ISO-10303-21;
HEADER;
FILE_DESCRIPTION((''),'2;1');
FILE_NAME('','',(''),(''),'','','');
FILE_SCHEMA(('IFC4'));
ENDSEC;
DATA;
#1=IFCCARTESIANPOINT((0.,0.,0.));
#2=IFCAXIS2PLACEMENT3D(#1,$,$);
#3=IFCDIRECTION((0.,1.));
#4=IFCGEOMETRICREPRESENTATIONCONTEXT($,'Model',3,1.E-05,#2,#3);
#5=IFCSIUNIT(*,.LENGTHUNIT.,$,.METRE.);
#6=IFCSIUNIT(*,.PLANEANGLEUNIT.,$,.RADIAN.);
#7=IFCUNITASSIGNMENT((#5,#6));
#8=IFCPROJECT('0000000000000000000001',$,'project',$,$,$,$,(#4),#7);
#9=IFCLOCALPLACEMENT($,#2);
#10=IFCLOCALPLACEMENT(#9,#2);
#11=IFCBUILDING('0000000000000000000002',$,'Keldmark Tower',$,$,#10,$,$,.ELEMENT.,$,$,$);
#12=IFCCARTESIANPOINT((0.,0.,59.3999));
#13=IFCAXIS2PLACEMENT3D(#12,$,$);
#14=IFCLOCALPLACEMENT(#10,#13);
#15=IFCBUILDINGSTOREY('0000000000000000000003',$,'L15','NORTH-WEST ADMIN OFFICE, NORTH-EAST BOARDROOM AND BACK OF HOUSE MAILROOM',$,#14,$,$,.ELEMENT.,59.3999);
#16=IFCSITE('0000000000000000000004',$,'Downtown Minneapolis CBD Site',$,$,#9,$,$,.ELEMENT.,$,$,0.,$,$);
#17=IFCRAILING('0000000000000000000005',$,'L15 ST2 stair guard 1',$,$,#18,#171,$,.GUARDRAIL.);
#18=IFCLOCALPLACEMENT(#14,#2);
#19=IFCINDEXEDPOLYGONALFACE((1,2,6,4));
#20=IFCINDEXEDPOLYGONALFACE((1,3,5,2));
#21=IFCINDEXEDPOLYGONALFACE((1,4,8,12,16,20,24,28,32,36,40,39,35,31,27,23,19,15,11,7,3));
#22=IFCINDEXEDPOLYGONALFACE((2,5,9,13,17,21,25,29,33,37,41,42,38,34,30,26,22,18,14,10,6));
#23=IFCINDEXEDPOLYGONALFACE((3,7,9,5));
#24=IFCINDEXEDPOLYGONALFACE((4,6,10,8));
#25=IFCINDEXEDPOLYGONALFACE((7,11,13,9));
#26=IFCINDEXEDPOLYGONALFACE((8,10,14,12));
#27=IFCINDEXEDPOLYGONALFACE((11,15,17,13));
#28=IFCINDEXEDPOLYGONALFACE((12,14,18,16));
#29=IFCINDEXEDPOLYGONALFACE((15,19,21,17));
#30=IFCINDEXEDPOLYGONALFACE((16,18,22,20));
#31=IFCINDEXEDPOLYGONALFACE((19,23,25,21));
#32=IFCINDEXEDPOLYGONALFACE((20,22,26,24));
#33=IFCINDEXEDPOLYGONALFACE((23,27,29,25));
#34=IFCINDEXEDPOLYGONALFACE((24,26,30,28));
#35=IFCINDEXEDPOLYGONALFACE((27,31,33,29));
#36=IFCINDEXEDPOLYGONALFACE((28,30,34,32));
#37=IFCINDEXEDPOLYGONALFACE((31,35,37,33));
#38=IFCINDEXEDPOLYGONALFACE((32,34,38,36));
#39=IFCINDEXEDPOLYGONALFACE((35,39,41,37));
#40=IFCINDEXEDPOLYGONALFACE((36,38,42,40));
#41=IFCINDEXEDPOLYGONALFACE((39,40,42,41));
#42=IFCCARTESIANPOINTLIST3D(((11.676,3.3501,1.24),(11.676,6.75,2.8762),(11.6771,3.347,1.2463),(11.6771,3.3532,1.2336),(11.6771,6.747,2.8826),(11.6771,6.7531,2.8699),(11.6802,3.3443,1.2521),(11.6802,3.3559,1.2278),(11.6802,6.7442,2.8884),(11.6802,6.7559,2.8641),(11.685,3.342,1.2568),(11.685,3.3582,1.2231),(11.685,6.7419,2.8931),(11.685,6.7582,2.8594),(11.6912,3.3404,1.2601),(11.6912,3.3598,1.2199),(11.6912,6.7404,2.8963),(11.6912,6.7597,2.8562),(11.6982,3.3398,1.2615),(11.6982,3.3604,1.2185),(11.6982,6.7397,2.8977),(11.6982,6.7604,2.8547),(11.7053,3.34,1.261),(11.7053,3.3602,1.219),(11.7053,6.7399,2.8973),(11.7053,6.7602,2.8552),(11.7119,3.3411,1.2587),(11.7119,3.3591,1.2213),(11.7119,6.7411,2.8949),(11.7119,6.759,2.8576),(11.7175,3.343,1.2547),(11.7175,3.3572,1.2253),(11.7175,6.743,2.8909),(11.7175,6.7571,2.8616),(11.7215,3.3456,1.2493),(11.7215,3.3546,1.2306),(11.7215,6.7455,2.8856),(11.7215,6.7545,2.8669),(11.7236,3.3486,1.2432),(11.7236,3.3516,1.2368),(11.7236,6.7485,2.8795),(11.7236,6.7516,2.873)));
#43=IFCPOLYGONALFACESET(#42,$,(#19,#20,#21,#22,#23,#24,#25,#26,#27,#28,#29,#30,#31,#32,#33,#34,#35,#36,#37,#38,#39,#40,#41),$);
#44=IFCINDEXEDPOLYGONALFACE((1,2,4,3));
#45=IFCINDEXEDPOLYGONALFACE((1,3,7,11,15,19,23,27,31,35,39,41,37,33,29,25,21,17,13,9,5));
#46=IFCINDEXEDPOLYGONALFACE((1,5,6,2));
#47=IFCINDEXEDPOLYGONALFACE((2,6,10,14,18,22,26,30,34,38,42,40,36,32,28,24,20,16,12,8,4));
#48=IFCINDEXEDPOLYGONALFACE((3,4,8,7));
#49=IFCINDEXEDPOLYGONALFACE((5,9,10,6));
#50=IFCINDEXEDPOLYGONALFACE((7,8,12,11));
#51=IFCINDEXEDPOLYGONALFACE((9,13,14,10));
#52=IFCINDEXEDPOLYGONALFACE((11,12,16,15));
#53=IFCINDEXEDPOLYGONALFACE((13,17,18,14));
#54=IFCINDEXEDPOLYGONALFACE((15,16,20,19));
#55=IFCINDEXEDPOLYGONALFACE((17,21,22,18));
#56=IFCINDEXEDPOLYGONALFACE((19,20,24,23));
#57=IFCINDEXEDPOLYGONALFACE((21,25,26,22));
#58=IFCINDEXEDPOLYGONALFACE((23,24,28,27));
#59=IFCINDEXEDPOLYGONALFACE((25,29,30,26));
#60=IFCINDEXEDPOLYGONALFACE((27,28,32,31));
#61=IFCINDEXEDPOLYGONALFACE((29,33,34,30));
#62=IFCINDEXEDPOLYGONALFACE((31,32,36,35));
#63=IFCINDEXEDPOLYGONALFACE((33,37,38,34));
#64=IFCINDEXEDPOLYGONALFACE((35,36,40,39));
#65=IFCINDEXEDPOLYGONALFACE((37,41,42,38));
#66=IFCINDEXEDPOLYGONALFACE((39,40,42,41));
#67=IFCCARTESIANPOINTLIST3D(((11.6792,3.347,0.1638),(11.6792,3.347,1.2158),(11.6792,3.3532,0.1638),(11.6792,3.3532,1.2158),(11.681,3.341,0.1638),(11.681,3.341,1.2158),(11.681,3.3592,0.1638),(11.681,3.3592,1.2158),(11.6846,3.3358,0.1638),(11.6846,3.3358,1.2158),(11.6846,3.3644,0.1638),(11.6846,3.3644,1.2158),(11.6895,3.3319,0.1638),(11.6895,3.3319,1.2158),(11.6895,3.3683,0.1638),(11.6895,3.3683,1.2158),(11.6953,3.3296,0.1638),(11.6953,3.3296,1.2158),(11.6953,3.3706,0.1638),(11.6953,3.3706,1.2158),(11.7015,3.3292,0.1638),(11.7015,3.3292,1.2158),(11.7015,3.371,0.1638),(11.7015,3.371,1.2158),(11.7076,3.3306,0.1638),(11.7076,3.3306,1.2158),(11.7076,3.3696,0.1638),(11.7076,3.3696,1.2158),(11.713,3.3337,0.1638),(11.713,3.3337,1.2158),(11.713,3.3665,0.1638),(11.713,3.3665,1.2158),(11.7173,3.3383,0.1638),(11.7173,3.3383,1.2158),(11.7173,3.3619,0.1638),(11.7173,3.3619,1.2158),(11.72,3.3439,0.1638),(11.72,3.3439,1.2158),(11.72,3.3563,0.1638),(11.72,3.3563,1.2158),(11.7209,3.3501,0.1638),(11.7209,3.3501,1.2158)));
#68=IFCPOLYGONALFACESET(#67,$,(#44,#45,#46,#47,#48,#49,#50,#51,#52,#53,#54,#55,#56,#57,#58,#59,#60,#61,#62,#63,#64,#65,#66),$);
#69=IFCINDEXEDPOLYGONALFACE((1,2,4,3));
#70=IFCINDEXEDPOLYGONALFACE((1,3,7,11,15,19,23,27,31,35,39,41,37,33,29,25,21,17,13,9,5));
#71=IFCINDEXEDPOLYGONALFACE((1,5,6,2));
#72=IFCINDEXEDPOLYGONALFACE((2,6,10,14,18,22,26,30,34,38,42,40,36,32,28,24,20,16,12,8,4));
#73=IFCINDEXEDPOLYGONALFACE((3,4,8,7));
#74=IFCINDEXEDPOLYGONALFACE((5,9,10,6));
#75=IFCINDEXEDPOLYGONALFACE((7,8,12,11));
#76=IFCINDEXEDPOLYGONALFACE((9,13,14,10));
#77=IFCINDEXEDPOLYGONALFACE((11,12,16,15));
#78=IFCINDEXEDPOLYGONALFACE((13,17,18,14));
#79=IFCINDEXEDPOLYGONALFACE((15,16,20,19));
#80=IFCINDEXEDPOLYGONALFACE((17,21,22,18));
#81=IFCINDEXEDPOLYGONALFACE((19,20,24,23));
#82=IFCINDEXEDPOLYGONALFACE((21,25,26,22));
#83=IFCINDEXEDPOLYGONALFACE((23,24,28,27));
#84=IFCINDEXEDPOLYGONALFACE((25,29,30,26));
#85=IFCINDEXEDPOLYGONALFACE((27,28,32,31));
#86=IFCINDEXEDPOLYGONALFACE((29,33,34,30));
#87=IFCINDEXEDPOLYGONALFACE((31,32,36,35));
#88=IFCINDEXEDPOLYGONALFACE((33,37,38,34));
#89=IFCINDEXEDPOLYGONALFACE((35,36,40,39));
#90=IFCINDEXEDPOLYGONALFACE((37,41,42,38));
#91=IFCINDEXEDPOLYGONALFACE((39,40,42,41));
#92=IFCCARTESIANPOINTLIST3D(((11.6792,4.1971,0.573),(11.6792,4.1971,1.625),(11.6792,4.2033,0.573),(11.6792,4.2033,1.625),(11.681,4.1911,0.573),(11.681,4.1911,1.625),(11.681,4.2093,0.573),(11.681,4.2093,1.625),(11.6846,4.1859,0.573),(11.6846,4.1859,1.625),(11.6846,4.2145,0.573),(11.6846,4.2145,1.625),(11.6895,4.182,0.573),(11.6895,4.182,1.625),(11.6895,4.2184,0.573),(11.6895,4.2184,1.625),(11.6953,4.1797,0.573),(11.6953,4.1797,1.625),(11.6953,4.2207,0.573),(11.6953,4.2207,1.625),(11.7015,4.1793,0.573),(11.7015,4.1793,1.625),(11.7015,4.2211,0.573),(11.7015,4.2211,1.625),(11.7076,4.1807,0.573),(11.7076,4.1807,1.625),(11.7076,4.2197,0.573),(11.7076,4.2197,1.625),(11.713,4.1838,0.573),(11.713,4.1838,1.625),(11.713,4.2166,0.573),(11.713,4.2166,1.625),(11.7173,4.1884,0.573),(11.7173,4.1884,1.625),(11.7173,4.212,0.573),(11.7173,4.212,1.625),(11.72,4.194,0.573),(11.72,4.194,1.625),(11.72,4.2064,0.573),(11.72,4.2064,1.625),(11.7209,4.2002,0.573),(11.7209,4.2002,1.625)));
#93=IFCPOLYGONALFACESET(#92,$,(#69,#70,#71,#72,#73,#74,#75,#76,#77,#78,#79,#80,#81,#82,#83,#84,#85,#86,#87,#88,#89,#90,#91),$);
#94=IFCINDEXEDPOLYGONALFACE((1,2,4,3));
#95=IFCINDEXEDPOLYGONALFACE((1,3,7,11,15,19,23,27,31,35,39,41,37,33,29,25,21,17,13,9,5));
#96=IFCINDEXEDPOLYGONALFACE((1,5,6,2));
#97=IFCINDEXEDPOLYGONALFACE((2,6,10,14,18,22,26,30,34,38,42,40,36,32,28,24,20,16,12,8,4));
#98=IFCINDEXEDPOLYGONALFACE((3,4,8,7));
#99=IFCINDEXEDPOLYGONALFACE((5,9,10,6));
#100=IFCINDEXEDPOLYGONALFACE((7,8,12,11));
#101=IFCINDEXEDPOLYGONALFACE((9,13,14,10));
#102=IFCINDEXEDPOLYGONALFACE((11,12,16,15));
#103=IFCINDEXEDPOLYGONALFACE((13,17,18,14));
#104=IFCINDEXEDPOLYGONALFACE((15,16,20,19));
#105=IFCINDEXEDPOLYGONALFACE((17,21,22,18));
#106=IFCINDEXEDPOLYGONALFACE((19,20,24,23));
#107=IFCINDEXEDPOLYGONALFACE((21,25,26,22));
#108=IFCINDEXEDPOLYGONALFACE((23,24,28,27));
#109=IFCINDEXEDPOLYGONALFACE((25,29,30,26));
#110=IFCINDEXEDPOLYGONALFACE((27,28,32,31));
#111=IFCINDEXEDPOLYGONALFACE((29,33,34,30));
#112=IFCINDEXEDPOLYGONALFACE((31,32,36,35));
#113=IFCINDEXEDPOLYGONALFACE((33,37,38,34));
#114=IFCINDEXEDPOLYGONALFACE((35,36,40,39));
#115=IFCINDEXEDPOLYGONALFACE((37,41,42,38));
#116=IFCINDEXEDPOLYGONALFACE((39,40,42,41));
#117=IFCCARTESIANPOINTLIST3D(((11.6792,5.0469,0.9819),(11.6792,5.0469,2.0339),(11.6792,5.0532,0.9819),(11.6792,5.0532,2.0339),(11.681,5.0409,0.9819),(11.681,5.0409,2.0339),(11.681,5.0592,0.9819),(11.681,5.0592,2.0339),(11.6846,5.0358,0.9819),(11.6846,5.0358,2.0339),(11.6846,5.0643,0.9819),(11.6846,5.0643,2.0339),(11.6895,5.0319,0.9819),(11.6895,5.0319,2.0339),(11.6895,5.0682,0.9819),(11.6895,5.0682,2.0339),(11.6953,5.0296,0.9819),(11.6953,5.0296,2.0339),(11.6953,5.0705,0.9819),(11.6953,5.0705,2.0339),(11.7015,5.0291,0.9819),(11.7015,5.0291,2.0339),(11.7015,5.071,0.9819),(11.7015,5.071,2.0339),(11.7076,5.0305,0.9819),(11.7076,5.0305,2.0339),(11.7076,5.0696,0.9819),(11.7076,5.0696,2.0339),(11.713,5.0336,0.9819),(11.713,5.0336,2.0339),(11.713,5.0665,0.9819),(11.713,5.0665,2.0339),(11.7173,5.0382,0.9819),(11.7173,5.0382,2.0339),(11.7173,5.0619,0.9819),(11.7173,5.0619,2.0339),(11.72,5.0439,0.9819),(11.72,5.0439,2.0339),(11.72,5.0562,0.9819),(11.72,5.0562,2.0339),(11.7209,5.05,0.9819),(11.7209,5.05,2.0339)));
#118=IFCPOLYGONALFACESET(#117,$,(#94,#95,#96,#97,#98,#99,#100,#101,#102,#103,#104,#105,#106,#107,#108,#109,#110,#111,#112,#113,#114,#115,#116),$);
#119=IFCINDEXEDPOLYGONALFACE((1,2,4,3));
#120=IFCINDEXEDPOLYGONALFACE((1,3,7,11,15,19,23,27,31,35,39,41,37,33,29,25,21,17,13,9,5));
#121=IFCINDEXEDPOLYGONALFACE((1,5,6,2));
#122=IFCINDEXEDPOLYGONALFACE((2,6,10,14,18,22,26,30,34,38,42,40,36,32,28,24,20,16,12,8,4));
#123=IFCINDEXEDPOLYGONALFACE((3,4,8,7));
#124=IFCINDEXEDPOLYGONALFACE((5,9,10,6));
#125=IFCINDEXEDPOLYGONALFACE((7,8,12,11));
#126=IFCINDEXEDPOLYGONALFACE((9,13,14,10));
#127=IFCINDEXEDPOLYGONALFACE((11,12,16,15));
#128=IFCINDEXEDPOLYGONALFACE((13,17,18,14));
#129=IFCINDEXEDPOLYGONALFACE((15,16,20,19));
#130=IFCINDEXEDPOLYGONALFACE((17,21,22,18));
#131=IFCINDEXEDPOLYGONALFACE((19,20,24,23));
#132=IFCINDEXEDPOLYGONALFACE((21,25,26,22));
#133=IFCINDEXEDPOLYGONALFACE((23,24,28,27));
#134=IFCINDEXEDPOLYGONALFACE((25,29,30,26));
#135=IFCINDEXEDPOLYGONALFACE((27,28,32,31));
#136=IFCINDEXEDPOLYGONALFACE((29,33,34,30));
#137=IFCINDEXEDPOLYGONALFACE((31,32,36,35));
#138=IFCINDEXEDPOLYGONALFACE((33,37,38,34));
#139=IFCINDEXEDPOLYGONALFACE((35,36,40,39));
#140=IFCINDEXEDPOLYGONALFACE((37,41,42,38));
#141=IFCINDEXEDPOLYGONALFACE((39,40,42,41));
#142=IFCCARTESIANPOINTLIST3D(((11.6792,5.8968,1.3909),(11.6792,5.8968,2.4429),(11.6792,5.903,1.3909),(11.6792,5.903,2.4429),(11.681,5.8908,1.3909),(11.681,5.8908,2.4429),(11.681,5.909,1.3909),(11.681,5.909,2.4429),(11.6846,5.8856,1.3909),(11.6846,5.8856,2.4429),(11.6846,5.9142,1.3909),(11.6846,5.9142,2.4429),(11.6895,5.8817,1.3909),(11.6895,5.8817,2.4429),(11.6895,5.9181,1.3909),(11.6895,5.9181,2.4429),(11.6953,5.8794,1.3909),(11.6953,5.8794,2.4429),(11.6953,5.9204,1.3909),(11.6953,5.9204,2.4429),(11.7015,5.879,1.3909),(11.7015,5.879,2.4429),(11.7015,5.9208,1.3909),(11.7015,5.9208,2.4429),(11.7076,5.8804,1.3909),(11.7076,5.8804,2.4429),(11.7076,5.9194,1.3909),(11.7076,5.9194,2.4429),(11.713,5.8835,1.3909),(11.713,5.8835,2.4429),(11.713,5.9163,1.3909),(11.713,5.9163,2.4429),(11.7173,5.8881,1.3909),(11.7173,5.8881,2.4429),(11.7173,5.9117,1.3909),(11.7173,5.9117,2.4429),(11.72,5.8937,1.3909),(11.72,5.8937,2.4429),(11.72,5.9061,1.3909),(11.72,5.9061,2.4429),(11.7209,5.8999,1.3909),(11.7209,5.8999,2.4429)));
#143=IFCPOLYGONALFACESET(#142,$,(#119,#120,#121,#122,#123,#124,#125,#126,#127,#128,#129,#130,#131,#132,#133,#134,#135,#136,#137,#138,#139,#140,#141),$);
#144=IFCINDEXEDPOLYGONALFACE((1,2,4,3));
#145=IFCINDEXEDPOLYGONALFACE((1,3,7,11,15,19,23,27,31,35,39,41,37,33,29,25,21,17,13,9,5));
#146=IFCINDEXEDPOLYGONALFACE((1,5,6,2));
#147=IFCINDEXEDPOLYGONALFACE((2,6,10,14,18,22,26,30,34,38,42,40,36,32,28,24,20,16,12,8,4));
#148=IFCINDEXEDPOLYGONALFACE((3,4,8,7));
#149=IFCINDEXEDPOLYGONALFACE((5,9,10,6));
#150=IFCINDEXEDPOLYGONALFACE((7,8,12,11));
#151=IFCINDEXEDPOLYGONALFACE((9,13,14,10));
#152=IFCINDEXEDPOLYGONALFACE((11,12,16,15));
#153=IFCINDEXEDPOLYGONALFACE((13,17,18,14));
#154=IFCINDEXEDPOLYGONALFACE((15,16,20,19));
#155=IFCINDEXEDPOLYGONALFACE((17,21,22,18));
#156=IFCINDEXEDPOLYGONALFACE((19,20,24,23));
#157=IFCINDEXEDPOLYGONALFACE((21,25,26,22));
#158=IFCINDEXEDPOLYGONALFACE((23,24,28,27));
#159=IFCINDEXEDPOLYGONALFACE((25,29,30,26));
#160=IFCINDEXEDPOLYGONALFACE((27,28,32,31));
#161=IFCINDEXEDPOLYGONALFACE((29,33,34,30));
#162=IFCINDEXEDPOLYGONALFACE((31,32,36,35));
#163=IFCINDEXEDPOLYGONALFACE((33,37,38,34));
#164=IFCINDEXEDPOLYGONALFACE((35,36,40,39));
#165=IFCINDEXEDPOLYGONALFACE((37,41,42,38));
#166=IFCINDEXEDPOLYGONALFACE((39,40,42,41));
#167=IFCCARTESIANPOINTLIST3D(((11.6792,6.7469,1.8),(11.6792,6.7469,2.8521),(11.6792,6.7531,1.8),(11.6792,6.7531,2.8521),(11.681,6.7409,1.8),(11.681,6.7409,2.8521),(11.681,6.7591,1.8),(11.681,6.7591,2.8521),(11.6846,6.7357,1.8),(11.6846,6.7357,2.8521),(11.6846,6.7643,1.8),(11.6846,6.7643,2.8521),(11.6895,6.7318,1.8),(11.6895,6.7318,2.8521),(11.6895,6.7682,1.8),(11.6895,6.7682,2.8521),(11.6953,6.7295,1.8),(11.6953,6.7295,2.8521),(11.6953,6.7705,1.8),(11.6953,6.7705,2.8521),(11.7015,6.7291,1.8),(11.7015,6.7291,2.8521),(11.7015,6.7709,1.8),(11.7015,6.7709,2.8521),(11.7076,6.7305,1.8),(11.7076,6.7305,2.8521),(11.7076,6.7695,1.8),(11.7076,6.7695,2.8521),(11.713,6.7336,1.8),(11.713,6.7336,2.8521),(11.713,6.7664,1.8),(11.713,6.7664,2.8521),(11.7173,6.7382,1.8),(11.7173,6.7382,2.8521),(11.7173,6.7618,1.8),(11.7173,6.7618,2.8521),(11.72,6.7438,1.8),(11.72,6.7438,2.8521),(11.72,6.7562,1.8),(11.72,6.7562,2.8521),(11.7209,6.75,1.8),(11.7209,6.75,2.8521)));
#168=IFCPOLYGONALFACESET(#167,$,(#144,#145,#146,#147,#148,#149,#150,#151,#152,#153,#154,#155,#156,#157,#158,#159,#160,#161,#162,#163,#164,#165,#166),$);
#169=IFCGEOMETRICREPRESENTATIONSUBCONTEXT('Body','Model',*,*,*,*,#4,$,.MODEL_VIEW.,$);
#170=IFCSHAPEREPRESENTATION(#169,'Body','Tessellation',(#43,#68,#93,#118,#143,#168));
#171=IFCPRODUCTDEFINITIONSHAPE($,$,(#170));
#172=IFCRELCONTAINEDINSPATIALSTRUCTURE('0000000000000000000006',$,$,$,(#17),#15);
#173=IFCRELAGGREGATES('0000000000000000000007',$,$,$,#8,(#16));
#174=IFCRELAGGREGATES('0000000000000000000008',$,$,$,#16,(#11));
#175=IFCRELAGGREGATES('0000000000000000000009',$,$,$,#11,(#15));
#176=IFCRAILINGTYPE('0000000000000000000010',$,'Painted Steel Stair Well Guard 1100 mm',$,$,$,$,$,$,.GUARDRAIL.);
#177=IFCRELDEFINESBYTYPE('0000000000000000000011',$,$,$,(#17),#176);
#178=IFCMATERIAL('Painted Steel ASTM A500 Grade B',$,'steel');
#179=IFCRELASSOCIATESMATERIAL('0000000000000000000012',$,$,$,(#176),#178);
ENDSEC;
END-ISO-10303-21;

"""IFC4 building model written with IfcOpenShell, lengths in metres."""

from ifc_helpers import new_model, si_unit, direction, frame, origin, origin_2d, place, context, subcontext, project, spatial, circle, extrude, material, type_object, element, save


model = new_model("IFC4")

# Units and contexts
model_context = context("Model", 3, precision=1e-05, world=origin(), true_north=direction((0.0, 1.0)))
body_context = subcontext(model_context, "Body", "Model", "MODEL_VIEW")
ifc_project = project(units=[si_unit("LENGTHUNIT", "METRE"), si_unit("PLANEANGLEUNIT", "RADIAN")], contexts=[model_context])

# Site, building, storey
site_placement = place(None, origin())
site = spatial("IfcSite", under=ifc_project, at=site_placement, Name="Downtown Minneapolis CBD Site", CompositionType="ELEMENT", RefElevation=0.0)
building_placement = place(site_placement, origin())
building = spatial("IfcBuilding", under=site, at=building_placement, Name="Keldmark Tower", CompositionType="ELEMENT")
storey_placement = place(building_placement, frame((0.0, 0.0, 59.3999)))
storey = spatial("IfcBuildingStorey", under=building, at=storey_placement, Name="L15", Description="NORTH-WEST ADMIN OFFICE, NORTH-EAST BOARDROOM AND BACK OF HOUSE MAILROOM", CompositionType="ELEMENT", Elevation=59.3999)

# Railing
ifc_material_1 = material(Name="Painted Steel ASTM A500 Grade B", Category="steel")
railing_type_1 = type_object("IfcRailingType", Name="Painted Steel Stair Well Guard 1100 mm", PredefinedType="GUARDRAIL", material=ifc_material_1)
railing_1_placement = place(storey_placement, frame((11.7, 3.3501, 0.1638)))
element("IfcRailing", 1, at=railing_1_placement, inside=storey, type_object=railing_type_1, Name="L15 ST2 stair guard 1", PredefinedType="GUARDRAIL", context=body_context, shape_type="SweptSolid", body=[
    extrude(circle(Radius=0.0239, at=origin_2d()), frame((0.0, 0.0, 1.0762), z_axis=(0.0, 0.90108, 0.433652), x_axis=(-1.0, 0.0, 0.0)), (0.0, 0.0, 1.0), 3.7732),
    extrude(circle(Radius=0.021, at=origin_2d()), origin(), (0.0, 0.0, 1.0), 1.052),
    extrude(circle(Radius=0.021, at=origin_2d()), frame((0.0, 0.8501, 0.4092)), (0.0, 0.0, 1.0), 1.052),
    extrude(circle(Radius=0.021, at=origin_2d()), frame((0.0, 1.7, 0.8181)), (0.0, 0.0, 1.0), 1.052),
    extrude(circle(Radius=0.021, at=origin_2d()), frame((0.0, 2.5498, 1.2271)), (0.0, 0.0, 1.0), 1.052),
    extrude(circle(Radius=0.021, at=origin_2d()), frame((0.0, 3.3999, 1.6362)), (0.0, 0.0, 1.0), 1.052),
])

save(model, "model.ifc")
